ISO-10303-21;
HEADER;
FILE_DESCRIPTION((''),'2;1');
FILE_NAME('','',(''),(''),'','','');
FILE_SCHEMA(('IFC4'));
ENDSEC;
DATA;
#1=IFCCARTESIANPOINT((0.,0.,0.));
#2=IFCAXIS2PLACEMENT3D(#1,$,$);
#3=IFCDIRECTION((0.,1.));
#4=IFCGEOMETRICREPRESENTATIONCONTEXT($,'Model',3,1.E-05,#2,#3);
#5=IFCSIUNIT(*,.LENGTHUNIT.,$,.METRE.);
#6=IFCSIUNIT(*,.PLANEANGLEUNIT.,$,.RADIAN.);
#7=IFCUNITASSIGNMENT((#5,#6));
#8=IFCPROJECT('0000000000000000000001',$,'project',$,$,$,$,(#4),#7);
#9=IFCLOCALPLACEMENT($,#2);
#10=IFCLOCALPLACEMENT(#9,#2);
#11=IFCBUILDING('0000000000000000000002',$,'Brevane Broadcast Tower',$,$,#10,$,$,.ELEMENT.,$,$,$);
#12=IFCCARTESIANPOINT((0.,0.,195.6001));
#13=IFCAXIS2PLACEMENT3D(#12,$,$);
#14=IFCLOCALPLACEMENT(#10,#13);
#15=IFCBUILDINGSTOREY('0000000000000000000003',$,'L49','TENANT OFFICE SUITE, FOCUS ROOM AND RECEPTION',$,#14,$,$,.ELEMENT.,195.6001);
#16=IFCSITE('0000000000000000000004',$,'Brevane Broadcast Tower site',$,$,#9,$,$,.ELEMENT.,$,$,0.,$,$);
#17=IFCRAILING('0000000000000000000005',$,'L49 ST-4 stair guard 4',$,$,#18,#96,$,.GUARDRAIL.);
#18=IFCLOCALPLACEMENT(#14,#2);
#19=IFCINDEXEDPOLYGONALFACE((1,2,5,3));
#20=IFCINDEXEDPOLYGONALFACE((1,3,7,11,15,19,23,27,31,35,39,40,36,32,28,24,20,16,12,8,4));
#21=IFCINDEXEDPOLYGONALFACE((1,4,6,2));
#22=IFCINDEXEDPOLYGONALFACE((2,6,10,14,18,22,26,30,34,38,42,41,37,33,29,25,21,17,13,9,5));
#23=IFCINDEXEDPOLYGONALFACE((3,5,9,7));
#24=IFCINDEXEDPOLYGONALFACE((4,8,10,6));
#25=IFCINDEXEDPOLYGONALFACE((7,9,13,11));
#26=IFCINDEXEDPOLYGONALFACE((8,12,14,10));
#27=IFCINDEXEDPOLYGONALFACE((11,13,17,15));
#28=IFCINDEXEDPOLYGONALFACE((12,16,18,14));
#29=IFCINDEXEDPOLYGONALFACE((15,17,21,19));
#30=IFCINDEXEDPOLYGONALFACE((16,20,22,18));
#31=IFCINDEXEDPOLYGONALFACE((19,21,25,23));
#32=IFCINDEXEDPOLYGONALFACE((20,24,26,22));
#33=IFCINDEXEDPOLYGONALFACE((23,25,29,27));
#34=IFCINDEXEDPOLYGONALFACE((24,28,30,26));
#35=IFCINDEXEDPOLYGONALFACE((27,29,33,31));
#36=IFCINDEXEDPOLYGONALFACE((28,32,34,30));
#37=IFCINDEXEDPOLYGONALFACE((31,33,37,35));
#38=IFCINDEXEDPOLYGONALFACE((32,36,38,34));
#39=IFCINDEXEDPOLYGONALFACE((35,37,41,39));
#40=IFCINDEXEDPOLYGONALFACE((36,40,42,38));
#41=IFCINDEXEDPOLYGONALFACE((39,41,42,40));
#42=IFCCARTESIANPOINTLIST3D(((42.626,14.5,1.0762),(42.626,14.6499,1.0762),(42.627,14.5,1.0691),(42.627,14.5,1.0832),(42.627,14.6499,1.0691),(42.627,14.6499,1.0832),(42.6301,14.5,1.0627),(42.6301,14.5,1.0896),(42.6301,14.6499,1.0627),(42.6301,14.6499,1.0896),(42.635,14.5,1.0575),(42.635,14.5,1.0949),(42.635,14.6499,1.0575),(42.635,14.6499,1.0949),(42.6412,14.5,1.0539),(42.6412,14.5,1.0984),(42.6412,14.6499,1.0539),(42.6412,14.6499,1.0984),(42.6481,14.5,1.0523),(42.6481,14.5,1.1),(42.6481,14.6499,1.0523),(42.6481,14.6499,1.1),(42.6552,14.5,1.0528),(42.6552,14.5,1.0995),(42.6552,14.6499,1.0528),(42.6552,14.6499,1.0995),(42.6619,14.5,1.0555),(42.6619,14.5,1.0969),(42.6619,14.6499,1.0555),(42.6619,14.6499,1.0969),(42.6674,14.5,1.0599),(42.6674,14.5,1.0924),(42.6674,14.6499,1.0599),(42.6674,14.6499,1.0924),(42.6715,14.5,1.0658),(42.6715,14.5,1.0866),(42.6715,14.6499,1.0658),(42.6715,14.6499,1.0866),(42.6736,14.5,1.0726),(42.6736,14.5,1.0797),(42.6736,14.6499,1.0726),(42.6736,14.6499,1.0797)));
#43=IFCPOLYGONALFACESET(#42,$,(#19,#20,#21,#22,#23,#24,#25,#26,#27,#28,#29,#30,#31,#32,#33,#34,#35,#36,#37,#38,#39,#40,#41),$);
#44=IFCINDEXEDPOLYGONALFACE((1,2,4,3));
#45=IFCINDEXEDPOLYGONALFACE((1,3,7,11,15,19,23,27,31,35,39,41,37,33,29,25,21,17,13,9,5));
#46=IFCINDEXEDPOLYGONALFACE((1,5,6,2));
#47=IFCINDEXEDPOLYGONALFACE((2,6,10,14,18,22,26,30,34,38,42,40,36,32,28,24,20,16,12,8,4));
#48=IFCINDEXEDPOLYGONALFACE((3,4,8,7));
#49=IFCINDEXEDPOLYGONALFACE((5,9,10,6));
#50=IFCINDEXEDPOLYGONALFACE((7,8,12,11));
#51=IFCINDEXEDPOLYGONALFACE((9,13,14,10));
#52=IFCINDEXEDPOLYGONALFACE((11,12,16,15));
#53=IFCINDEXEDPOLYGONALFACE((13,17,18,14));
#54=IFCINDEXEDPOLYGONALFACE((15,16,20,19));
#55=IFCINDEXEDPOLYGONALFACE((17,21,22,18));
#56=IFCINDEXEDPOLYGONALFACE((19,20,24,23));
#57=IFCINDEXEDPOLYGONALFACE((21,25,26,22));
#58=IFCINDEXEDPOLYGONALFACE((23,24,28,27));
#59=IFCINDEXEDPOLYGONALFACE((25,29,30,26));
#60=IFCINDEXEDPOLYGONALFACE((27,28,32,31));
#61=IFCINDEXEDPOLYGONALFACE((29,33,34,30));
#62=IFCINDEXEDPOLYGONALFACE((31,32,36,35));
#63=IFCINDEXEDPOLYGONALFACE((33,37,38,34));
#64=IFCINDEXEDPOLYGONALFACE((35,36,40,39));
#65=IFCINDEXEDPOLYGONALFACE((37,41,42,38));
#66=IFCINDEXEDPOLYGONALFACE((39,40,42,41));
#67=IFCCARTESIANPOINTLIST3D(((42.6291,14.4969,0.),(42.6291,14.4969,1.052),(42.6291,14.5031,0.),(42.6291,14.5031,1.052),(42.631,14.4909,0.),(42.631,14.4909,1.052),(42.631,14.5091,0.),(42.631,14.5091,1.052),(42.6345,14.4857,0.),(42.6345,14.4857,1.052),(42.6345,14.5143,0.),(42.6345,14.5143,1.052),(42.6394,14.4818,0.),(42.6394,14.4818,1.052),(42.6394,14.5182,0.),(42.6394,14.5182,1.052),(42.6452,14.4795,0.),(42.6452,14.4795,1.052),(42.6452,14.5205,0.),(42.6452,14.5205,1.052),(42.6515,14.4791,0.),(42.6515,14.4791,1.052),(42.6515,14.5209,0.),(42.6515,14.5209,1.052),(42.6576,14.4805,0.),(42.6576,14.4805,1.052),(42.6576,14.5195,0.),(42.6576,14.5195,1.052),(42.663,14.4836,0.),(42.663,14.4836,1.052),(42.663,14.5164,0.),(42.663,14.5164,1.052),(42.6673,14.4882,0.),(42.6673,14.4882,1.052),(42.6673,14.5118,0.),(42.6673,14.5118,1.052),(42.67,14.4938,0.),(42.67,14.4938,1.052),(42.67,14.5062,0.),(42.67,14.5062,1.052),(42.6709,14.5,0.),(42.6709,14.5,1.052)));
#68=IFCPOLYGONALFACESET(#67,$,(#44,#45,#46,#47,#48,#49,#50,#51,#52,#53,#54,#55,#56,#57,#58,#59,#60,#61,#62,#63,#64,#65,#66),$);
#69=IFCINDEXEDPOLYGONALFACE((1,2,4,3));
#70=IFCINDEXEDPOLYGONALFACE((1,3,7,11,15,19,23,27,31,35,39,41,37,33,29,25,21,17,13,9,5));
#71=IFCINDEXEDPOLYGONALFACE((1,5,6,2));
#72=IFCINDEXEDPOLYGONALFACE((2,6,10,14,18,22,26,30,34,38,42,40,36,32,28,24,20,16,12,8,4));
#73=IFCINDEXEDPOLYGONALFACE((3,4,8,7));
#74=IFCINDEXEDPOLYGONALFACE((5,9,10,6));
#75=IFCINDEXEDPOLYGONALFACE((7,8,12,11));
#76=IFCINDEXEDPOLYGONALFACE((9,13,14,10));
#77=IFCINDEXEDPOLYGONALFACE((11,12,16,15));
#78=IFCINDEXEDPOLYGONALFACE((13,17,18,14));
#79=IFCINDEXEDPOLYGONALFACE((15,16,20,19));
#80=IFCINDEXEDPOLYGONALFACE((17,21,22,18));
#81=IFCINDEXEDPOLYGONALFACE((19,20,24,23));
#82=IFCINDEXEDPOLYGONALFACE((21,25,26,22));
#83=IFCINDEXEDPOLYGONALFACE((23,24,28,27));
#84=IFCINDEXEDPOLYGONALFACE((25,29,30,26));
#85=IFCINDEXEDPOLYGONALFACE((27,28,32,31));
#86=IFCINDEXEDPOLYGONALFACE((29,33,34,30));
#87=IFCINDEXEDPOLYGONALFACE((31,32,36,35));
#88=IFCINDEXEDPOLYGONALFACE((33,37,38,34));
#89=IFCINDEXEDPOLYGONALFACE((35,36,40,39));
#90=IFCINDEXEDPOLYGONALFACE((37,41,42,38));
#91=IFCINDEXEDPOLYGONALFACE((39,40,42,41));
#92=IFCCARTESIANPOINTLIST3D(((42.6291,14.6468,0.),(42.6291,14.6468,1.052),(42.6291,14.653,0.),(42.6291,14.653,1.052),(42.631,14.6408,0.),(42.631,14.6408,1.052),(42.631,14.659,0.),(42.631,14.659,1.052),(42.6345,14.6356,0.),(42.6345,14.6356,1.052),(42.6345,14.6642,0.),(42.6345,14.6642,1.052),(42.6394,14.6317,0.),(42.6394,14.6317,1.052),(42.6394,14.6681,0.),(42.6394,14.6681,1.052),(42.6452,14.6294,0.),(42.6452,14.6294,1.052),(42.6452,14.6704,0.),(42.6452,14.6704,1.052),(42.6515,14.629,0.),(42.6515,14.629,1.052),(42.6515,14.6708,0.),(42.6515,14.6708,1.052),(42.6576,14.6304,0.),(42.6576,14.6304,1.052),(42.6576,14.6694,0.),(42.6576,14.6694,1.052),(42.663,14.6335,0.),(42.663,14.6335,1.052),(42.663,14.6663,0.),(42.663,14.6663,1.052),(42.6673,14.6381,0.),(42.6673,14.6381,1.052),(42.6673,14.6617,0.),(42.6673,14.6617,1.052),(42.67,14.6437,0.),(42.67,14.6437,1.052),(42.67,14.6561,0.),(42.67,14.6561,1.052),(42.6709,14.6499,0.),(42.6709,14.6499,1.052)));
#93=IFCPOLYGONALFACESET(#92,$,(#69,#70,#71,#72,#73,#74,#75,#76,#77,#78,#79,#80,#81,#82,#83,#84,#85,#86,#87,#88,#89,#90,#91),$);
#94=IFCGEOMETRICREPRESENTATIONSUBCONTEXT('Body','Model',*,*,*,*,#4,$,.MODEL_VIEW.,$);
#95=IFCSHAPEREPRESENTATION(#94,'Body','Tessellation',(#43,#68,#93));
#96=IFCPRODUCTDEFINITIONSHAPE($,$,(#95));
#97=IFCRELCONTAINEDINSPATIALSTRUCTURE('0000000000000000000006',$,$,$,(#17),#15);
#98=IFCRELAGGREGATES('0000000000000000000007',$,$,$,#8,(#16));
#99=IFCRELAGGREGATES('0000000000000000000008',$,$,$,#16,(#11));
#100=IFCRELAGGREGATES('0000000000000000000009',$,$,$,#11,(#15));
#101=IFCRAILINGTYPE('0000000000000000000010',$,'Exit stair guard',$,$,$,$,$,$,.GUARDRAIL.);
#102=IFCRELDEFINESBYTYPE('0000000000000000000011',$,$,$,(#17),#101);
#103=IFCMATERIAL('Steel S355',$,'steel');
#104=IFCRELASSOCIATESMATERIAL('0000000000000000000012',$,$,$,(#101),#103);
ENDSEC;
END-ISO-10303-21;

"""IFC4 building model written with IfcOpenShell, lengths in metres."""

from ifc_helpers import new_model, si_unit, direction, frame, origin, origin_2d, place, context, subcontext, project, spatial, circle, extrude, material, type_object, element, save


model = new_model("IFC4")

# Units and contexts
model_context = context("Model", 3, precision=1e-05, world=origin(), true_north=direction((0.0, 1.0)))
body_context = subcontext(model_context, "Body", "Model", "MODEL_VIEW")
ifc_project = project(units=[si_unit("LENGTHUNIT", "METRE"), si_unit("PLANEANGLEUNIT", "RADIAN")], contexts=[model_context])

# Site, building, storey
site_placement = place(None, origin())
site = spatial("IfcSite", under=ifc_project, at=site_placement, Name="Brevane Broadcast Tower site", CompositionType="ELEMENT", RefElevation=0.0)
building_placement = place(site_placement, origin())
building = spatial("IfcBuilding", under=site, at=building_placement, Name="Brevane Broadcast Tower", CompositionType="ELEMENT")
storey_placement = place(building_placement, frame((0.0, 0.0, 195.6001)))
storey = spatial("IfcBuildingStorey", under=building, at=storey_placement, Name="L49", Description="TENANT OFFICE SUITE, FOCUS ROOM AND RECEPTION", CompositionType="ELEMENT", Elevation=195.6001)

# Railing
ifc_material_1 = material(Name="Steel S355", Category="steel")
railing_type_1 = type_object("IfcRailingType", Name="Exit stair guard", PredefinedType="GUARDRAIL", material=ifc_material_1)
railing_1_placement = place(storey_placement, frame((42.6499, 14.5, 0.0)))
element("IfcRailing", 1, at=railing_1_placement, inside=storey, type_object=railing_type_1, Name="L49 ST-4 stair guard 4", PredefinedType="GUARDRAIL", context=body_context, shape_type="SweptSolid", body=[
    extrude(circle(Radius=0.0239, at=origin_2d()), frame((0.0, 0.0, 1.0762), z_axis=(0.0, 1.0, 0.0), x_axis=(-1.0, 0.0, 0.0)), (0.0, 0.0, 1.0), 0.1499),
    extrude(circle(Radius=0.021, at=origin_2d()), origin(), (0.0, 0.0, 1.0), 1.052),
    extrude(circle(Radius=0.021, at=origin_2d()), frame((0.0, 0.1499, 0.0)), (0.0, 0.0, 1.0), 1.052),
])

save(model, "model.ifc")
